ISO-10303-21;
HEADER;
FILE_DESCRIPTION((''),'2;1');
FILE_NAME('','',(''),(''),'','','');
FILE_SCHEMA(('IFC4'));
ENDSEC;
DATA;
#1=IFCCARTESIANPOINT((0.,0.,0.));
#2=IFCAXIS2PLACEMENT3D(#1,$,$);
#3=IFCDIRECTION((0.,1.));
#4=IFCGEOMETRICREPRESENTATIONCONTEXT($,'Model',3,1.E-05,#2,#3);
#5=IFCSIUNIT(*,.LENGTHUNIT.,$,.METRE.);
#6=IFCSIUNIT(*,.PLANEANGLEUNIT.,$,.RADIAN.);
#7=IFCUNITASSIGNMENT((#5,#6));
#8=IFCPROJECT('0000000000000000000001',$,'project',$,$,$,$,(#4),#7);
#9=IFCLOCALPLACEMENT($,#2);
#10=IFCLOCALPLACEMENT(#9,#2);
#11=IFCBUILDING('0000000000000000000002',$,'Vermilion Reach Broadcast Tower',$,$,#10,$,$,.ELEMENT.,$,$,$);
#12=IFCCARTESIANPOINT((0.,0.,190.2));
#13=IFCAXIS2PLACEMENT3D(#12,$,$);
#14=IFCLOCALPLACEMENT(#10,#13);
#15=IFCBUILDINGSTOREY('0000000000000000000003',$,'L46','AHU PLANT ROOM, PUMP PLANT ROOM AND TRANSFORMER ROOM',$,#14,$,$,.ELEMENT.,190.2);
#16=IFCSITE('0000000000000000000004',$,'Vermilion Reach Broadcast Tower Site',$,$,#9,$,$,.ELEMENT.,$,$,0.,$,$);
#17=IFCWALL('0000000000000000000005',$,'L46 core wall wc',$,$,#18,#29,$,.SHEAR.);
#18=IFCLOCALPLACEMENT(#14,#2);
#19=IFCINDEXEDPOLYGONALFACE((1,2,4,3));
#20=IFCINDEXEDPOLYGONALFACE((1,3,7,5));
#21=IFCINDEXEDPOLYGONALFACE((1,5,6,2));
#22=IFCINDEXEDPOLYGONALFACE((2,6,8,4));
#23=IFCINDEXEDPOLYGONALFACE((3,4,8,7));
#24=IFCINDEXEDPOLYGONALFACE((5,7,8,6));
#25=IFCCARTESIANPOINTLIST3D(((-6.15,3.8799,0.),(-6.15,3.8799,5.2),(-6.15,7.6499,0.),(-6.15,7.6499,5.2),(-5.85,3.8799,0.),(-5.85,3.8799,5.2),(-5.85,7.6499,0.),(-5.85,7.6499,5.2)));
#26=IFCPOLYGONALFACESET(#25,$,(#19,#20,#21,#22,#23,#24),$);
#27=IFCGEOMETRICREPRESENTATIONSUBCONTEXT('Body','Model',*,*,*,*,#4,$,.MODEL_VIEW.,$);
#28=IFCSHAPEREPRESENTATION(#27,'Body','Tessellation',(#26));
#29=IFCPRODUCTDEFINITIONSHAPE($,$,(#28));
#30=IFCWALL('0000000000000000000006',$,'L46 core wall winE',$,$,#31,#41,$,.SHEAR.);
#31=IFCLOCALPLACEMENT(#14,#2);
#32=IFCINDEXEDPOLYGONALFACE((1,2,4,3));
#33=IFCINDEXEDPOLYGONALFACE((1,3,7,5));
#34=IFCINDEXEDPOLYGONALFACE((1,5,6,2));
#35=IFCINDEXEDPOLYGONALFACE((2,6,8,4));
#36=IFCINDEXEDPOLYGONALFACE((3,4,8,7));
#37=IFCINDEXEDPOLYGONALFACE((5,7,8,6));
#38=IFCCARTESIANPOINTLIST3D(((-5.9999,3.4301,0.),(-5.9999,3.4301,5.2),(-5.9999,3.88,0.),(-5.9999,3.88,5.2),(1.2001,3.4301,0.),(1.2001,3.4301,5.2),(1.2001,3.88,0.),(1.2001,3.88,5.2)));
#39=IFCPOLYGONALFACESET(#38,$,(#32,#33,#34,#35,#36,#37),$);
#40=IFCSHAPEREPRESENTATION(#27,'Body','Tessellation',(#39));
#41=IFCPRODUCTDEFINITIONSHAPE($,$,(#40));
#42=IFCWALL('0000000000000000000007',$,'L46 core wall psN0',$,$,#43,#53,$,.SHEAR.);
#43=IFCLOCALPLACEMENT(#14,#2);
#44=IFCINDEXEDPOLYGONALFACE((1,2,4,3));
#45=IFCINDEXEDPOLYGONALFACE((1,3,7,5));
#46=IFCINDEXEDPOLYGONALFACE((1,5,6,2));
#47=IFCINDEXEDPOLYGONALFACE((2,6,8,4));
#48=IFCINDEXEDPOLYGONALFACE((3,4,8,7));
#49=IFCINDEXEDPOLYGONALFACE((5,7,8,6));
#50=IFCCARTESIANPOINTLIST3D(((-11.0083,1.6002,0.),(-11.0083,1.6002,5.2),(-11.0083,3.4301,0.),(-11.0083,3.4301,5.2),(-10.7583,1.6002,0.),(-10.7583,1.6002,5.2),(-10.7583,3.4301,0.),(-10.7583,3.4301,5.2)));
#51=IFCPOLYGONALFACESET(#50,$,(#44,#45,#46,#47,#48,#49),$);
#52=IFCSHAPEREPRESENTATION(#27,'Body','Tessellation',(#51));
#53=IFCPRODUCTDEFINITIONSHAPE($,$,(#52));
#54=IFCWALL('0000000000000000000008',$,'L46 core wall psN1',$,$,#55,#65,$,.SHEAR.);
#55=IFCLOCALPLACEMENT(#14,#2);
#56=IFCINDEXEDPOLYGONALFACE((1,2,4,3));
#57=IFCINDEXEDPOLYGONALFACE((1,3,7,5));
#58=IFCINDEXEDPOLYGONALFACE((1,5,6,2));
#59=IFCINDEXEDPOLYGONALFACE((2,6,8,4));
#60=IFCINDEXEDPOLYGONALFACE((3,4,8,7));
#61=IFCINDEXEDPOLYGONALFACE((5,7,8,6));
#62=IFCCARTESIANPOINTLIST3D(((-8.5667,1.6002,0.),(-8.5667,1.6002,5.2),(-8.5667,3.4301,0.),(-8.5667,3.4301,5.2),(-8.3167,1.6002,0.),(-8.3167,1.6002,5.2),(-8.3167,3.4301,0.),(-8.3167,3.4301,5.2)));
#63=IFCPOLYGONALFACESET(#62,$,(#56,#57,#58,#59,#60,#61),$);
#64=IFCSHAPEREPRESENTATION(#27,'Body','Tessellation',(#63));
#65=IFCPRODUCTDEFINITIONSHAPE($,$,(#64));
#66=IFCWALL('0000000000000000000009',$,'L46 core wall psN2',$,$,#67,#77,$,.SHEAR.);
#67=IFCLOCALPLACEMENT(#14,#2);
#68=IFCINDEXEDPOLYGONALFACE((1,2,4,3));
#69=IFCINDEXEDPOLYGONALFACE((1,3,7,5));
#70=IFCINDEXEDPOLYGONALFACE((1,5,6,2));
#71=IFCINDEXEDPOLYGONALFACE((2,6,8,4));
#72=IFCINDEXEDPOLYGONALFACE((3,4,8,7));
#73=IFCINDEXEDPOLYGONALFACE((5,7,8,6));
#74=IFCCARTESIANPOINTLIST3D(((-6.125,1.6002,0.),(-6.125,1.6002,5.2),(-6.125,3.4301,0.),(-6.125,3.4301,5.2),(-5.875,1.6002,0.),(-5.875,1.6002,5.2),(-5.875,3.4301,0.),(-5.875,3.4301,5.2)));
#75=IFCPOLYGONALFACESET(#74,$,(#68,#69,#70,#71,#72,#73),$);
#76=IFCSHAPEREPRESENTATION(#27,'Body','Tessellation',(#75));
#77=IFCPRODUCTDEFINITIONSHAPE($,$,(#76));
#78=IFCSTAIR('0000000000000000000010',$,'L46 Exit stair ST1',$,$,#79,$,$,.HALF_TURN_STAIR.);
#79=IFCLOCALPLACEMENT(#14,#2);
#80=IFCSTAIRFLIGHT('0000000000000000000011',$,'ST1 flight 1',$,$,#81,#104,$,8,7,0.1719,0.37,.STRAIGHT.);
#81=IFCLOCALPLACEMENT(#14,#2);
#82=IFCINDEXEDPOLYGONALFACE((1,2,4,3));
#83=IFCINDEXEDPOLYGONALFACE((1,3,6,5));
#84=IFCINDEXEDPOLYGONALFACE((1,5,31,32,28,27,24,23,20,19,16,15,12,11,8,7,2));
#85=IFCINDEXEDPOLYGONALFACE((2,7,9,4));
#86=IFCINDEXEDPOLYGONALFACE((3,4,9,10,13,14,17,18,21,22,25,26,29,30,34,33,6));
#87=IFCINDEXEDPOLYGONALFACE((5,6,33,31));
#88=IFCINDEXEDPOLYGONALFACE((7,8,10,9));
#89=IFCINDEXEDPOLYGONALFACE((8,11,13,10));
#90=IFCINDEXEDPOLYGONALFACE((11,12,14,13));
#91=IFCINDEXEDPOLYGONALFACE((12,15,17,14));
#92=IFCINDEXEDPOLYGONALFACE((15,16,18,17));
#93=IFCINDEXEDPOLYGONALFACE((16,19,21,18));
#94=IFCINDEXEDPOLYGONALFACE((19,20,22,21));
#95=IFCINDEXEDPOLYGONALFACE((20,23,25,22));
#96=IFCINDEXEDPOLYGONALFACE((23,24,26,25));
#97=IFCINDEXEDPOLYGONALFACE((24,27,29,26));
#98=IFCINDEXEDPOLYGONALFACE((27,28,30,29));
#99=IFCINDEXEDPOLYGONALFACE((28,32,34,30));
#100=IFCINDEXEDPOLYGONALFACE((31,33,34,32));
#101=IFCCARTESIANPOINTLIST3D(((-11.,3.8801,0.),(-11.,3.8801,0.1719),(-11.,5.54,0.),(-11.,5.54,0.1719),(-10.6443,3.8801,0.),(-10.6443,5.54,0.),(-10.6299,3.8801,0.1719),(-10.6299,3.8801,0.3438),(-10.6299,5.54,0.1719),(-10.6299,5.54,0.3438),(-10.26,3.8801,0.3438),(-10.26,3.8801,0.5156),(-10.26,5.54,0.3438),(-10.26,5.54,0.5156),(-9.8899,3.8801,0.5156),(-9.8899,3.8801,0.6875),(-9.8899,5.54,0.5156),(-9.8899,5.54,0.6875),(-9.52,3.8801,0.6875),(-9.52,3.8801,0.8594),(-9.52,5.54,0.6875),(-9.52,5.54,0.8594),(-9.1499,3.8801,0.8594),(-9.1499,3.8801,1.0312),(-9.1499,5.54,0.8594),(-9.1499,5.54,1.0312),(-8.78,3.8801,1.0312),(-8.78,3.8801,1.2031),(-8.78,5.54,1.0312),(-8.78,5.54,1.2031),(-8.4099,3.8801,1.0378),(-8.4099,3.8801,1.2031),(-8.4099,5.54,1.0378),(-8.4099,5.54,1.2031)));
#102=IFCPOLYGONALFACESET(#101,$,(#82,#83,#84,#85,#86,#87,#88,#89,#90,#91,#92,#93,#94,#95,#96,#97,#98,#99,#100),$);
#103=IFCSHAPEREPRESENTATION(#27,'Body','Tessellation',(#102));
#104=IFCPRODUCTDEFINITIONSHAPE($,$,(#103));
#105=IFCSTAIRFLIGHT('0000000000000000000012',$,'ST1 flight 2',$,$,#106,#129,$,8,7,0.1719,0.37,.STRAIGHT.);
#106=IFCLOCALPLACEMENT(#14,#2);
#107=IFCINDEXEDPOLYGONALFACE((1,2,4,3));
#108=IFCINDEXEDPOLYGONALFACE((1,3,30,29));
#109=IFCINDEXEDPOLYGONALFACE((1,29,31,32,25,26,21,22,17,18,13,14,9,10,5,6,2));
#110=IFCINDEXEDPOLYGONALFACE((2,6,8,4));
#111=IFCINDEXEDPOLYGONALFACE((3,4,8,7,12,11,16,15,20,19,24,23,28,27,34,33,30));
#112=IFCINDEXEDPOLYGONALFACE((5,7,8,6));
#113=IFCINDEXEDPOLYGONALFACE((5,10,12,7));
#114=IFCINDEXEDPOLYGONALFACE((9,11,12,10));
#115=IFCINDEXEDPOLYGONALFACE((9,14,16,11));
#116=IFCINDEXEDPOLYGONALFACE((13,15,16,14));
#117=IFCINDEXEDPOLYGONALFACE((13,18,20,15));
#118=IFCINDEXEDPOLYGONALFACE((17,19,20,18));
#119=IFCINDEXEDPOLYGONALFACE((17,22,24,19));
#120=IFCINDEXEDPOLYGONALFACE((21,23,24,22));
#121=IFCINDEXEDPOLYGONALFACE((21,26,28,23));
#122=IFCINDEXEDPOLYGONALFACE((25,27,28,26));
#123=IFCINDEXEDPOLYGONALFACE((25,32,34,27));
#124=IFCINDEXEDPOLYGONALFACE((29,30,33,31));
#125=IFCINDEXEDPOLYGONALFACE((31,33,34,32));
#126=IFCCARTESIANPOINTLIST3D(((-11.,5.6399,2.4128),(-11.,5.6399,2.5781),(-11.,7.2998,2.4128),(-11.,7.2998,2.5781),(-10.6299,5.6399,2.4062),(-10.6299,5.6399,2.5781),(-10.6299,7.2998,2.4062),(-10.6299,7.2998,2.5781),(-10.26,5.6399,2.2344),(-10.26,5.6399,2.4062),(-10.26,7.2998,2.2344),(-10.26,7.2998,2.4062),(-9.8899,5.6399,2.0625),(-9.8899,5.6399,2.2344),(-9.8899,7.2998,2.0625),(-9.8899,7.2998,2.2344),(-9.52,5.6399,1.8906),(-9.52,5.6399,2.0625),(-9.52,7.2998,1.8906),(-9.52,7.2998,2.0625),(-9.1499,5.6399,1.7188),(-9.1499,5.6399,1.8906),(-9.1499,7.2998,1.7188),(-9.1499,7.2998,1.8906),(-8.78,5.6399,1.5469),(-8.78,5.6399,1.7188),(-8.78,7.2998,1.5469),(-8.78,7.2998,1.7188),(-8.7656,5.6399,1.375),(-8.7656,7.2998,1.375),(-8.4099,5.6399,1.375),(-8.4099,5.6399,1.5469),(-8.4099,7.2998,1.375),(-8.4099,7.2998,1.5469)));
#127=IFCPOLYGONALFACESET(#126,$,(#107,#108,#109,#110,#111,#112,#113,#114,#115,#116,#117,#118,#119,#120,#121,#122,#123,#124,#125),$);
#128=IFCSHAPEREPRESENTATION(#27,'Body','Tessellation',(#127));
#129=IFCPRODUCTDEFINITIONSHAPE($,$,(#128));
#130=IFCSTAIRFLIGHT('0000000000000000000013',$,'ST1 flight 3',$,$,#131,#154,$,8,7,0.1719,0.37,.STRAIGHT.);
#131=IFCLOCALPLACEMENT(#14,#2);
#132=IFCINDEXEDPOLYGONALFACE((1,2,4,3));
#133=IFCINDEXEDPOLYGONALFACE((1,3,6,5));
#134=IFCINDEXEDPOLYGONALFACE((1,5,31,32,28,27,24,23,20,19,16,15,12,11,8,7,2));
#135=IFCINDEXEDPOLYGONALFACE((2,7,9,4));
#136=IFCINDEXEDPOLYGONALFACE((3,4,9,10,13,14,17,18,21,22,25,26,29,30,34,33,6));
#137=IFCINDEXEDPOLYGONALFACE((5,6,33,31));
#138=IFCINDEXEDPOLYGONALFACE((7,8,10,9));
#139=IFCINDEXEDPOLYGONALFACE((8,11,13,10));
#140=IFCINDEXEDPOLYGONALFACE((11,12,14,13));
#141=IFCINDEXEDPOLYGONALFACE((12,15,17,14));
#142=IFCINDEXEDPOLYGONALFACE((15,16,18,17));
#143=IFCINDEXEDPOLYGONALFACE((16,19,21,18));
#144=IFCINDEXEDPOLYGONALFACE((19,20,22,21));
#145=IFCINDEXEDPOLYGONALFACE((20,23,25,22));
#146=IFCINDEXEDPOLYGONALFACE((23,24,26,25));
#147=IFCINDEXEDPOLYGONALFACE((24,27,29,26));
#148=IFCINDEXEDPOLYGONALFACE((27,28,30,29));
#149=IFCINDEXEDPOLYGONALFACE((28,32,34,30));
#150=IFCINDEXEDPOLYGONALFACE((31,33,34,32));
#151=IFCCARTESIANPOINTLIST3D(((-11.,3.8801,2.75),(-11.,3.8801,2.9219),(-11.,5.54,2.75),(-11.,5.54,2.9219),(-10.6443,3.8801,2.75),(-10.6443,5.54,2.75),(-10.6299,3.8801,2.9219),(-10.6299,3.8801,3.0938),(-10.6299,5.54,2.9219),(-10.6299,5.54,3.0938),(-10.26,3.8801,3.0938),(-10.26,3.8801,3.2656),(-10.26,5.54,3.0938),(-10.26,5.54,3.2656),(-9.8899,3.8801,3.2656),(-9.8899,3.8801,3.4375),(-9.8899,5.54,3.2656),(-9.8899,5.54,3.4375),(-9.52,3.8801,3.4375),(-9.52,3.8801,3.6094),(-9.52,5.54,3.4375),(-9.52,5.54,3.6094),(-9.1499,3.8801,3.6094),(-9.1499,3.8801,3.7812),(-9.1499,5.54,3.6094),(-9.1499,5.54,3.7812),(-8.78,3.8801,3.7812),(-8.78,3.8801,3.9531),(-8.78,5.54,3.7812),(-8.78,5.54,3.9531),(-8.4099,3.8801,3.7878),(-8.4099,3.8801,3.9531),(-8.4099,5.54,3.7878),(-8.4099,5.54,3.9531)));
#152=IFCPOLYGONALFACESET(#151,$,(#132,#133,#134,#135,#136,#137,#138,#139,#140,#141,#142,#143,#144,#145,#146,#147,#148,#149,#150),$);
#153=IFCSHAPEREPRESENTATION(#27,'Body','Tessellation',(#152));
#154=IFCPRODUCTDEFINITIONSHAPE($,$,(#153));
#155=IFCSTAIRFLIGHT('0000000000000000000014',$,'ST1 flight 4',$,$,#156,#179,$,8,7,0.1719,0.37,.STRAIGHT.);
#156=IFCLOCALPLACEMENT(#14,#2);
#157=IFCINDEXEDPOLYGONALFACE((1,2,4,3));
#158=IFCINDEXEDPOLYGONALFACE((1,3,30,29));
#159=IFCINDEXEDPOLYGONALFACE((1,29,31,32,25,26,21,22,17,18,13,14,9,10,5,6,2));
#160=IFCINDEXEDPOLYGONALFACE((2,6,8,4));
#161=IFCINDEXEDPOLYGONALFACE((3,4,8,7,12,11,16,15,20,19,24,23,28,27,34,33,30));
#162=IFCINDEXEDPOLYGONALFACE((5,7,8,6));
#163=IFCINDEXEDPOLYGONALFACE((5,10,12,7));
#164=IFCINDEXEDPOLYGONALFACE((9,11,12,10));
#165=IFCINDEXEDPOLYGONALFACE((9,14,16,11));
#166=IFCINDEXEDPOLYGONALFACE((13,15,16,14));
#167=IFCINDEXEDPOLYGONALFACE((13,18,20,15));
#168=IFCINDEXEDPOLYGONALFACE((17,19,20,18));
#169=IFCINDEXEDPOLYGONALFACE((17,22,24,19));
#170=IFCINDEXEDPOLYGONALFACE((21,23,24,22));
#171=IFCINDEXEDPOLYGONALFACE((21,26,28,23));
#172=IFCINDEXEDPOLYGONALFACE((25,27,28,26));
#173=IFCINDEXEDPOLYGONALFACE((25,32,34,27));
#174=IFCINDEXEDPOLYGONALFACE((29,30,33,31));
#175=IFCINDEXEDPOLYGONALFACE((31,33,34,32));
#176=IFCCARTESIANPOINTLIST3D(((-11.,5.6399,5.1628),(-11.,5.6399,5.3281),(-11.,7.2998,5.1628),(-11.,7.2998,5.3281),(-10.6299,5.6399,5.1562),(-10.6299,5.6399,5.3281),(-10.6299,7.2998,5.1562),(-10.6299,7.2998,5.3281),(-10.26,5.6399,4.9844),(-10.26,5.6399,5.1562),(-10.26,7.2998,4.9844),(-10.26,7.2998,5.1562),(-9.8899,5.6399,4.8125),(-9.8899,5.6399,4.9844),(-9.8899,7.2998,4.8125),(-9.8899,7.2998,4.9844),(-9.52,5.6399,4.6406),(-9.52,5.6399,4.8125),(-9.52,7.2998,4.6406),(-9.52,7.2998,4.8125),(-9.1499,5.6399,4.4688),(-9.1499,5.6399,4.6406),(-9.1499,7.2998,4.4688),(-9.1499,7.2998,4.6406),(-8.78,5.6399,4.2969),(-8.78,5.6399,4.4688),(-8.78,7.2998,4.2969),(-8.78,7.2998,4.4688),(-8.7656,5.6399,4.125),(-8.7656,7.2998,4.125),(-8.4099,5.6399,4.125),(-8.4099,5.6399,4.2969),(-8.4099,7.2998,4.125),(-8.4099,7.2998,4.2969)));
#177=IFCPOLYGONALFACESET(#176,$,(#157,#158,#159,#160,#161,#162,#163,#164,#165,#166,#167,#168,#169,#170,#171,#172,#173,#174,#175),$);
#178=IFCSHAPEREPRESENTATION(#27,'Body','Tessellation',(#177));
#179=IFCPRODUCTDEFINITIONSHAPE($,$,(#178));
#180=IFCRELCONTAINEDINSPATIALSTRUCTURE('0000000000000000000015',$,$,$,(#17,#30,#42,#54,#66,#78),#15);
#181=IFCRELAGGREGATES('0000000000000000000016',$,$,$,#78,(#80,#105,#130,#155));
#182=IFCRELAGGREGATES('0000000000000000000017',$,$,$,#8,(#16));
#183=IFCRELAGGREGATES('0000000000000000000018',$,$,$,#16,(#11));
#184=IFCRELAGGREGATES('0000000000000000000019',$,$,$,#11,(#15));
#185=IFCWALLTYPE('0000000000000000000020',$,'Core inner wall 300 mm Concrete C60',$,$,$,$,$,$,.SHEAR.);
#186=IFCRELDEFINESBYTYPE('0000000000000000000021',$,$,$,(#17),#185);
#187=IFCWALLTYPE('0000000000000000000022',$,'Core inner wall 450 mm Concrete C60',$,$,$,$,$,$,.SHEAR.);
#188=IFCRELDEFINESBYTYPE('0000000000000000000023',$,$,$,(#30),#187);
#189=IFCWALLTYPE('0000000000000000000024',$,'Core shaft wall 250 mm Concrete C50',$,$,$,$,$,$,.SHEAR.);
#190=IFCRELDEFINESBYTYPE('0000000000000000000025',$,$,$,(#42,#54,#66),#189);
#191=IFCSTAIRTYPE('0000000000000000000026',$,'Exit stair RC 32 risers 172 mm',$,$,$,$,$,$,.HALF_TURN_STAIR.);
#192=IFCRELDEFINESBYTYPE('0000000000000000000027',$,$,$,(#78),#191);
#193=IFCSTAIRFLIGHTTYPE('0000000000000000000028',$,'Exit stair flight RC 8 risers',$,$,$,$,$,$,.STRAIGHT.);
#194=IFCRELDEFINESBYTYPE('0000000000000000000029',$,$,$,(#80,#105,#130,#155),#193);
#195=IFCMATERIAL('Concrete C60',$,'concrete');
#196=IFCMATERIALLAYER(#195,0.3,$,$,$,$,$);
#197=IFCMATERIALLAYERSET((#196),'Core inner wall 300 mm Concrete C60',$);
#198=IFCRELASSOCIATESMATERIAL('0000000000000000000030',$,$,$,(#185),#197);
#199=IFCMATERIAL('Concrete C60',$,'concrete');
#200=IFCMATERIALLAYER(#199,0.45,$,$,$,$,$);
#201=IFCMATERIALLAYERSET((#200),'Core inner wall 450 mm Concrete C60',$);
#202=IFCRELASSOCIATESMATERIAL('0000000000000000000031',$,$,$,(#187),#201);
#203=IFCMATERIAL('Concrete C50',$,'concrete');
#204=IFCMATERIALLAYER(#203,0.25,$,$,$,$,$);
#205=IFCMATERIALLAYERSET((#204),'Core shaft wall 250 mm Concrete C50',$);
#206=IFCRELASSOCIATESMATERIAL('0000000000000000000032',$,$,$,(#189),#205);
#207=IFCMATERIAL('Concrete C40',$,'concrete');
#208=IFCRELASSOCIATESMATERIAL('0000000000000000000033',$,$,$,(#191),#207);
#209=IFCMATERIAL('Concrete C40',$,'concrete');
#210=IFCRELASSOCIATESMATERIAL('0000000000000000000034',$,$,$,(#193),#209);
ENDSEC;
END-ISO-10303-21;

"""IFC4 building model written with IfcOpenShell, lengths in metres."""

from ifc_helpers import new_model, si_unit, direction, frame, frame_2d, origin, place, context, subcontext, project, spatial, polyline, rectangle, outline, extrude, material, layer, layer_set, type_object, element, aggregate, save


model = new_model("IFC4")

# Units and contexts
model_context = context("Model", 3, precision=1e-05, world=origin(), true_north=direction((0.0, 1.0)))
body_context = subcontext(model_context, "Body", "Model", "MODEL_VIEW")
ifc_project = project(units=[si_unit("LENGTHUNIT", "METRE"), si_unit("PLANEANGLEUNIT", "RADIAN")], contexts=[model_context])

# Site, building, storey
site_placement = place(None, origin())
site = spatial("IfcSite", under=ifc_project, at=site_placement, Name="Vermilion Reach Broadcast Tower Site", CompositionType="ELEMENT", RefElevation=0.0)
building_placement = place(site_placement, origin())
building = spatial("IfcBuilding", under=site, at=building_placement, Name="Vermilion Reach Broadcast Tower", CompositionType="ELEMENT")
storey_placement = place(building_placement, frame((0.0, 0.0, 190.2)))
storey = spatial("IfcBuildingStorey", under=building, at=storey_placement, Name="L46", Description="AHU PLANT ROOM, PUMP PLANT ROOM AND TRANSFORMER ROOM", CompositionType="ELEMENT", Elevation=190.2)

# Walls
ifc_material_1 = material(Name="Concrete C60", Category="concrete")
ifc_layer_1 = layer(ifc_material_1, 0.3)
ifc_layer_set_1 = layer_set([ifc_layer_1], Name="Core inner wall 300 mm Concrete C60")
wall_type_1 = type_object("IfcWallType", Name="Core inner wall 300 mm Concrete C60", PredefinedType="SHEAR", material=ifc_layer_set_1)
wall_1_placement = place(storey_placement, frame((-6.0, 3.8799, 0.0), z_axis=(0.0, 0.0, 1.0), x_axis=(0.0, 1.0, 0.0)))
element("IfcWall", 1, at=wall_1_placement, inside=storey, type_object=wall_type_1, Name="L46 core wall wc", PredefinedType="SHEAR", context=body_context, shape_type="SweptSolid", body=[
    extrude(rectangle(XDim=3.77, YDim=0.3, at=frame_2d((1.885, 0.0))), origin(), (0.0, 0.0, 1.0), 5.2),
])
ifc_material_2 = material(Name="Concrete C60", Category="concrete")
ifc_layer_2 = layer(ifc_material_2, 0.45)
ifc_layer_set_2 = layer_set([ifc_layer_2], Name="Core inner wall 450 mm Concrete C60")
wall_type_2 = type_object("IfcWallType", Name="Core inner wall 450 mm Concrete C60", PredefinedType="SHEAR", material=ifc_layer_set_2)
wall_2_placement = place(storey_placement, frame((-6.0, 3.655, 0.0), z_axis=(0.0, 0.0, 1.0), x_axis=(1.0, 0.0, 0.0)))
element("IfcWall", 2, at=wall_2_placement, inside=storey, type_object=wall_type_2, Name="L46 core wall winE", PredefinedType="SHEAR", context=body_context, shape_type="SweptSolid", body=[
    extrude(rectangle(XDim=7.2, YDim=0.45, at=frame_2d((3.6001, 0.0))), origin(), (0.0, 0.0, 1.0), 5.2),
])
ifc_material_3 = material(Name="Concrete C50", Category="concrete")
ifc_layer_3 = layer(ifc_material_3, 0.25)
ifc_layer_set_3 = layer_set([ifc_layer_3], Name="Core shaft wall 250 mm Concrete C50")
wall_type_3 = type_object("IfcWallType", Name="Core shaft wall 250 mm Concrete C50", PredefinedType="SHEAR", material=ifc_layer_set_3)
for number, where, z_axis, x_axis, name in (
    (3, (-10.8833, 1.6001, 0.0), (0.0, 0.0, 1.0), (0.0, 1.0, 0.0), "L46 core wall psN0"),
    (4, (-8.4417, 1.6001, 0.0), (0.0, 0.0, 1.0), (0.0, 1.0, 0.0), "L46 core wall psN1"),
    (5, (-6.0, 1.6001, 0.0), (0.0, 0.0, 1.0), (0.0, 1.0, 0.0), "L46 core wall psN2"),
):
    element("IfcWall", number, at=place(storey_placement, frame(where, z_axis=z_axis, x_axis=x_axis)), inside=storey, type_object=wall_type_3, Name=name, PredefinedType="SHEAR", context=body_context, shape_type="SweptSolid", body=[
        extrude(rectangle(XDim=1.8298, YDim=0.25, at=frame_2d((0.915, 0.0))), origin(), (0.0, 0.0, 1.0), 5.2),
    ])

# Stair, stair flights
ifc_material_4 = material(Name="Concrete C40", Category="concrete")
stair_type = type_object("IfcStairType", Name="Exit stair RC 32 risers 172 mm", PredefinedType="HALF_TURN_STAIR", material=ifc_material_4)
stair_placement = place(storey_placement, origin())
stair = element("IfcStair", 6, at=stair_placement, inside=storey, type_object=stair_type, Name="L46 Exit stair ST1", PredefinedType="HALF_TURN_STAIR")
ifc_material_5 = material(Name="Concrete C40", Category="concrete")
stair_flight_type = type_object("IfcStairFlightType", Name="Exit stair flight RC 8 risers", PredefinedType="STRAIGHT", material=ifc_material_5)
stair_flight_1_placement = place(storey_placement, frame((-11.0, 4.71, 0.0), z_axis=(0.0, 0.0, 1.0), x_axis=(1.0, 0.0, 0.0)))
stair_flight_1 = element("IfcStairFlight", 7, at=stair_flight_1_placement, type_object=stair_flight_type, Name="ST1 flight 1", NumberOfRisers=8, NumberOfTreads=7, PredefinedType="STRAIGHT", RiserHeight=0.1719, TreadLength=0.37, context=body_context, shape_type="SweptSolid", body=[
    extrude(outline(polyline([(0.0, 0.0), (0.0, 0.1719), (0.3701, 0.1719), (0.3701, 0.3438), (0.74, 0.3438), (0.74, 0.5156), (1.1101, 0.5156), (1.1101, 0.6875), (1.48, 0.6875), (1.48, 0.8594), (1.8501, 0.8594), (1.8501, 1.0312), (2.22, 1.0312), (2.22, 1.2031), (2.5901, 1.2031), (2.5901, 1.375), (2.5901, 1.0378), (0.3557, 0.0), (0.0, 0.0)])), frame((0.0, 0.8301, 0.0), z_axis=(0.0, -1.0, 0.0), x_axis=(1.0, 0.0, 0.0)), (0.0, 0.0, 1.0), 1.6599),
])
stair_flight_2_placement = place(storey_placement, frame((-8.4099, 6.47, 1.375), z_axis=(0.0, 0.0, 1.0), x_axis=(-1.0, 0.0, 0.0)))
stair_flight_2 = element("IfcStairFlight", 8, at=stair_flight_2_placement, type_object=stair_flight_type, Name="ST1 flight 2", NumberOfRisers=8, NumberOfTreads=7, PredefinedType="STRAIGHT", RiserHeight=0.1719, TreadLength=0.37, context=body_context, shape_type="SweptSolid", body=[
    extrude(outline(polyline([(0.0, 0.0), (0.0, 0.1719), (0.3701, 0.1719), (0.3701, 0.3438), (0.74, 0.3438), (0.74, 0.5156), (1.1101, 0.5156), (1.1101, 0.6875), (1.48, 0.6875), (1.48, 0.8594), (1.8501, 0.8594), (1.8501, 1.0312), (2.22, 1.0312), (2.22, 1.2031), (2.5901, 1.2031), (2.5901, 1.375), (2.5901, 1.0378), (0.3557, 0.0), (0.0, 0.0)])), frame((0.0, 0.8301, 0.0), z_axis=(0.0, -1.0, 0.0), x_axis=(1.0, 0.0, 0.0)), (0.0, 0.0, 1.0), 1.6599),
])
stair_flight_3_placement = place(storey_placement, frame((-11.0, 4.71, 2.75), z_axis=(0.0, 0.0, 1.0), x_axis=(1.0, 0.0, 0.0)))
stair_flight_3 = element("IfcStairFlight", 9, at=stair_flight_3_placement, type_object=stair_flight_type, Name="ST1 flight 3", NumberOfRisers=8, NumberOfTreads=7, PredefinedType="STRAIGHT", RiserHeight=0.1719, TreadLength=0.37, context=body_context, shape_type="SweptSolid", body=[
    extrude(outline(polyline([(0.0, 0.0), (0.0, 0.1719), (0.3701, 0.1719), (0.3701, 0.3438), (0.74, 0.3438), (0.74, 0.5156), (1.1101, 0.5156), (1.1101, 0.6875), (1.48, 0.6875), (1.48, 0.8594), (1.8501, 0.8594), (1.8501, 1.0312), (2.22, 1.0312), (2.22, 1.2031), (2.5901, 1.2031), (2.5901, 1.375), (2.5901, 1.0378), (0.3557, 0.0), (0.0, 0.0)])), frame((0.0, 0.8301, 0.0), z_axis=(0.0, -1.0, 0.0), x_axis=(1.0, 0.0, 0.0)), (0.0, 0.0, 1.0), 1.6599),
])
stair_flight_4_placement = place(storey_placement, frame((-8.4099, 6.47, 4.125), z_axis=(0.0, 0.0, 1.0), x_axis=(-1.0, 0.0, 0.0)))
stair_flight_4 = element("IfcStairFlight", 10, at=stair_flight_4_placement, type_object=stair_flight_type, Name="ST1 flight 4", NumberOfRisers=8, NumberOfTreads=7, PredefinedType="STRAIGHT", RiserHeight=0.1719, TreadLength=0.37, context=body_context, shape_type="SweptSolid", body=[
    extrude(outline(polyline([(0.0, 0.0), (0.0, 0.1719), (0.3701, 0.1719), (0.3701, 0.3438), (0.74, 0.3438), (0.74, 0.5156), (1.1101, 0.5156), (1.1101, 0.6875), (1.48, 0.6875), (1.48, 0.8594), (1.8501, 0.8594), (1.8501, 1.0312), (2.22, 1.0312), (2.22, 1.2031), (2.5901, 1.2031), (2.5901, 1.375), (2.5901, 1.0378), (0.3557, 0.0), (0.0, 0.0)])), frame((0.0, 0.8301, 0.0), z_axis=(0.0, -1.0, 0.0), x_axis=(1.0, 0.0, 0.0)), (0.0, 0.0, 1.0), 1.6599),
])
aggregate(stair, [stair_flight_1, stair_flight_2, stair_flight_3, stair_flight_4])

save(model, "model.ifc")
